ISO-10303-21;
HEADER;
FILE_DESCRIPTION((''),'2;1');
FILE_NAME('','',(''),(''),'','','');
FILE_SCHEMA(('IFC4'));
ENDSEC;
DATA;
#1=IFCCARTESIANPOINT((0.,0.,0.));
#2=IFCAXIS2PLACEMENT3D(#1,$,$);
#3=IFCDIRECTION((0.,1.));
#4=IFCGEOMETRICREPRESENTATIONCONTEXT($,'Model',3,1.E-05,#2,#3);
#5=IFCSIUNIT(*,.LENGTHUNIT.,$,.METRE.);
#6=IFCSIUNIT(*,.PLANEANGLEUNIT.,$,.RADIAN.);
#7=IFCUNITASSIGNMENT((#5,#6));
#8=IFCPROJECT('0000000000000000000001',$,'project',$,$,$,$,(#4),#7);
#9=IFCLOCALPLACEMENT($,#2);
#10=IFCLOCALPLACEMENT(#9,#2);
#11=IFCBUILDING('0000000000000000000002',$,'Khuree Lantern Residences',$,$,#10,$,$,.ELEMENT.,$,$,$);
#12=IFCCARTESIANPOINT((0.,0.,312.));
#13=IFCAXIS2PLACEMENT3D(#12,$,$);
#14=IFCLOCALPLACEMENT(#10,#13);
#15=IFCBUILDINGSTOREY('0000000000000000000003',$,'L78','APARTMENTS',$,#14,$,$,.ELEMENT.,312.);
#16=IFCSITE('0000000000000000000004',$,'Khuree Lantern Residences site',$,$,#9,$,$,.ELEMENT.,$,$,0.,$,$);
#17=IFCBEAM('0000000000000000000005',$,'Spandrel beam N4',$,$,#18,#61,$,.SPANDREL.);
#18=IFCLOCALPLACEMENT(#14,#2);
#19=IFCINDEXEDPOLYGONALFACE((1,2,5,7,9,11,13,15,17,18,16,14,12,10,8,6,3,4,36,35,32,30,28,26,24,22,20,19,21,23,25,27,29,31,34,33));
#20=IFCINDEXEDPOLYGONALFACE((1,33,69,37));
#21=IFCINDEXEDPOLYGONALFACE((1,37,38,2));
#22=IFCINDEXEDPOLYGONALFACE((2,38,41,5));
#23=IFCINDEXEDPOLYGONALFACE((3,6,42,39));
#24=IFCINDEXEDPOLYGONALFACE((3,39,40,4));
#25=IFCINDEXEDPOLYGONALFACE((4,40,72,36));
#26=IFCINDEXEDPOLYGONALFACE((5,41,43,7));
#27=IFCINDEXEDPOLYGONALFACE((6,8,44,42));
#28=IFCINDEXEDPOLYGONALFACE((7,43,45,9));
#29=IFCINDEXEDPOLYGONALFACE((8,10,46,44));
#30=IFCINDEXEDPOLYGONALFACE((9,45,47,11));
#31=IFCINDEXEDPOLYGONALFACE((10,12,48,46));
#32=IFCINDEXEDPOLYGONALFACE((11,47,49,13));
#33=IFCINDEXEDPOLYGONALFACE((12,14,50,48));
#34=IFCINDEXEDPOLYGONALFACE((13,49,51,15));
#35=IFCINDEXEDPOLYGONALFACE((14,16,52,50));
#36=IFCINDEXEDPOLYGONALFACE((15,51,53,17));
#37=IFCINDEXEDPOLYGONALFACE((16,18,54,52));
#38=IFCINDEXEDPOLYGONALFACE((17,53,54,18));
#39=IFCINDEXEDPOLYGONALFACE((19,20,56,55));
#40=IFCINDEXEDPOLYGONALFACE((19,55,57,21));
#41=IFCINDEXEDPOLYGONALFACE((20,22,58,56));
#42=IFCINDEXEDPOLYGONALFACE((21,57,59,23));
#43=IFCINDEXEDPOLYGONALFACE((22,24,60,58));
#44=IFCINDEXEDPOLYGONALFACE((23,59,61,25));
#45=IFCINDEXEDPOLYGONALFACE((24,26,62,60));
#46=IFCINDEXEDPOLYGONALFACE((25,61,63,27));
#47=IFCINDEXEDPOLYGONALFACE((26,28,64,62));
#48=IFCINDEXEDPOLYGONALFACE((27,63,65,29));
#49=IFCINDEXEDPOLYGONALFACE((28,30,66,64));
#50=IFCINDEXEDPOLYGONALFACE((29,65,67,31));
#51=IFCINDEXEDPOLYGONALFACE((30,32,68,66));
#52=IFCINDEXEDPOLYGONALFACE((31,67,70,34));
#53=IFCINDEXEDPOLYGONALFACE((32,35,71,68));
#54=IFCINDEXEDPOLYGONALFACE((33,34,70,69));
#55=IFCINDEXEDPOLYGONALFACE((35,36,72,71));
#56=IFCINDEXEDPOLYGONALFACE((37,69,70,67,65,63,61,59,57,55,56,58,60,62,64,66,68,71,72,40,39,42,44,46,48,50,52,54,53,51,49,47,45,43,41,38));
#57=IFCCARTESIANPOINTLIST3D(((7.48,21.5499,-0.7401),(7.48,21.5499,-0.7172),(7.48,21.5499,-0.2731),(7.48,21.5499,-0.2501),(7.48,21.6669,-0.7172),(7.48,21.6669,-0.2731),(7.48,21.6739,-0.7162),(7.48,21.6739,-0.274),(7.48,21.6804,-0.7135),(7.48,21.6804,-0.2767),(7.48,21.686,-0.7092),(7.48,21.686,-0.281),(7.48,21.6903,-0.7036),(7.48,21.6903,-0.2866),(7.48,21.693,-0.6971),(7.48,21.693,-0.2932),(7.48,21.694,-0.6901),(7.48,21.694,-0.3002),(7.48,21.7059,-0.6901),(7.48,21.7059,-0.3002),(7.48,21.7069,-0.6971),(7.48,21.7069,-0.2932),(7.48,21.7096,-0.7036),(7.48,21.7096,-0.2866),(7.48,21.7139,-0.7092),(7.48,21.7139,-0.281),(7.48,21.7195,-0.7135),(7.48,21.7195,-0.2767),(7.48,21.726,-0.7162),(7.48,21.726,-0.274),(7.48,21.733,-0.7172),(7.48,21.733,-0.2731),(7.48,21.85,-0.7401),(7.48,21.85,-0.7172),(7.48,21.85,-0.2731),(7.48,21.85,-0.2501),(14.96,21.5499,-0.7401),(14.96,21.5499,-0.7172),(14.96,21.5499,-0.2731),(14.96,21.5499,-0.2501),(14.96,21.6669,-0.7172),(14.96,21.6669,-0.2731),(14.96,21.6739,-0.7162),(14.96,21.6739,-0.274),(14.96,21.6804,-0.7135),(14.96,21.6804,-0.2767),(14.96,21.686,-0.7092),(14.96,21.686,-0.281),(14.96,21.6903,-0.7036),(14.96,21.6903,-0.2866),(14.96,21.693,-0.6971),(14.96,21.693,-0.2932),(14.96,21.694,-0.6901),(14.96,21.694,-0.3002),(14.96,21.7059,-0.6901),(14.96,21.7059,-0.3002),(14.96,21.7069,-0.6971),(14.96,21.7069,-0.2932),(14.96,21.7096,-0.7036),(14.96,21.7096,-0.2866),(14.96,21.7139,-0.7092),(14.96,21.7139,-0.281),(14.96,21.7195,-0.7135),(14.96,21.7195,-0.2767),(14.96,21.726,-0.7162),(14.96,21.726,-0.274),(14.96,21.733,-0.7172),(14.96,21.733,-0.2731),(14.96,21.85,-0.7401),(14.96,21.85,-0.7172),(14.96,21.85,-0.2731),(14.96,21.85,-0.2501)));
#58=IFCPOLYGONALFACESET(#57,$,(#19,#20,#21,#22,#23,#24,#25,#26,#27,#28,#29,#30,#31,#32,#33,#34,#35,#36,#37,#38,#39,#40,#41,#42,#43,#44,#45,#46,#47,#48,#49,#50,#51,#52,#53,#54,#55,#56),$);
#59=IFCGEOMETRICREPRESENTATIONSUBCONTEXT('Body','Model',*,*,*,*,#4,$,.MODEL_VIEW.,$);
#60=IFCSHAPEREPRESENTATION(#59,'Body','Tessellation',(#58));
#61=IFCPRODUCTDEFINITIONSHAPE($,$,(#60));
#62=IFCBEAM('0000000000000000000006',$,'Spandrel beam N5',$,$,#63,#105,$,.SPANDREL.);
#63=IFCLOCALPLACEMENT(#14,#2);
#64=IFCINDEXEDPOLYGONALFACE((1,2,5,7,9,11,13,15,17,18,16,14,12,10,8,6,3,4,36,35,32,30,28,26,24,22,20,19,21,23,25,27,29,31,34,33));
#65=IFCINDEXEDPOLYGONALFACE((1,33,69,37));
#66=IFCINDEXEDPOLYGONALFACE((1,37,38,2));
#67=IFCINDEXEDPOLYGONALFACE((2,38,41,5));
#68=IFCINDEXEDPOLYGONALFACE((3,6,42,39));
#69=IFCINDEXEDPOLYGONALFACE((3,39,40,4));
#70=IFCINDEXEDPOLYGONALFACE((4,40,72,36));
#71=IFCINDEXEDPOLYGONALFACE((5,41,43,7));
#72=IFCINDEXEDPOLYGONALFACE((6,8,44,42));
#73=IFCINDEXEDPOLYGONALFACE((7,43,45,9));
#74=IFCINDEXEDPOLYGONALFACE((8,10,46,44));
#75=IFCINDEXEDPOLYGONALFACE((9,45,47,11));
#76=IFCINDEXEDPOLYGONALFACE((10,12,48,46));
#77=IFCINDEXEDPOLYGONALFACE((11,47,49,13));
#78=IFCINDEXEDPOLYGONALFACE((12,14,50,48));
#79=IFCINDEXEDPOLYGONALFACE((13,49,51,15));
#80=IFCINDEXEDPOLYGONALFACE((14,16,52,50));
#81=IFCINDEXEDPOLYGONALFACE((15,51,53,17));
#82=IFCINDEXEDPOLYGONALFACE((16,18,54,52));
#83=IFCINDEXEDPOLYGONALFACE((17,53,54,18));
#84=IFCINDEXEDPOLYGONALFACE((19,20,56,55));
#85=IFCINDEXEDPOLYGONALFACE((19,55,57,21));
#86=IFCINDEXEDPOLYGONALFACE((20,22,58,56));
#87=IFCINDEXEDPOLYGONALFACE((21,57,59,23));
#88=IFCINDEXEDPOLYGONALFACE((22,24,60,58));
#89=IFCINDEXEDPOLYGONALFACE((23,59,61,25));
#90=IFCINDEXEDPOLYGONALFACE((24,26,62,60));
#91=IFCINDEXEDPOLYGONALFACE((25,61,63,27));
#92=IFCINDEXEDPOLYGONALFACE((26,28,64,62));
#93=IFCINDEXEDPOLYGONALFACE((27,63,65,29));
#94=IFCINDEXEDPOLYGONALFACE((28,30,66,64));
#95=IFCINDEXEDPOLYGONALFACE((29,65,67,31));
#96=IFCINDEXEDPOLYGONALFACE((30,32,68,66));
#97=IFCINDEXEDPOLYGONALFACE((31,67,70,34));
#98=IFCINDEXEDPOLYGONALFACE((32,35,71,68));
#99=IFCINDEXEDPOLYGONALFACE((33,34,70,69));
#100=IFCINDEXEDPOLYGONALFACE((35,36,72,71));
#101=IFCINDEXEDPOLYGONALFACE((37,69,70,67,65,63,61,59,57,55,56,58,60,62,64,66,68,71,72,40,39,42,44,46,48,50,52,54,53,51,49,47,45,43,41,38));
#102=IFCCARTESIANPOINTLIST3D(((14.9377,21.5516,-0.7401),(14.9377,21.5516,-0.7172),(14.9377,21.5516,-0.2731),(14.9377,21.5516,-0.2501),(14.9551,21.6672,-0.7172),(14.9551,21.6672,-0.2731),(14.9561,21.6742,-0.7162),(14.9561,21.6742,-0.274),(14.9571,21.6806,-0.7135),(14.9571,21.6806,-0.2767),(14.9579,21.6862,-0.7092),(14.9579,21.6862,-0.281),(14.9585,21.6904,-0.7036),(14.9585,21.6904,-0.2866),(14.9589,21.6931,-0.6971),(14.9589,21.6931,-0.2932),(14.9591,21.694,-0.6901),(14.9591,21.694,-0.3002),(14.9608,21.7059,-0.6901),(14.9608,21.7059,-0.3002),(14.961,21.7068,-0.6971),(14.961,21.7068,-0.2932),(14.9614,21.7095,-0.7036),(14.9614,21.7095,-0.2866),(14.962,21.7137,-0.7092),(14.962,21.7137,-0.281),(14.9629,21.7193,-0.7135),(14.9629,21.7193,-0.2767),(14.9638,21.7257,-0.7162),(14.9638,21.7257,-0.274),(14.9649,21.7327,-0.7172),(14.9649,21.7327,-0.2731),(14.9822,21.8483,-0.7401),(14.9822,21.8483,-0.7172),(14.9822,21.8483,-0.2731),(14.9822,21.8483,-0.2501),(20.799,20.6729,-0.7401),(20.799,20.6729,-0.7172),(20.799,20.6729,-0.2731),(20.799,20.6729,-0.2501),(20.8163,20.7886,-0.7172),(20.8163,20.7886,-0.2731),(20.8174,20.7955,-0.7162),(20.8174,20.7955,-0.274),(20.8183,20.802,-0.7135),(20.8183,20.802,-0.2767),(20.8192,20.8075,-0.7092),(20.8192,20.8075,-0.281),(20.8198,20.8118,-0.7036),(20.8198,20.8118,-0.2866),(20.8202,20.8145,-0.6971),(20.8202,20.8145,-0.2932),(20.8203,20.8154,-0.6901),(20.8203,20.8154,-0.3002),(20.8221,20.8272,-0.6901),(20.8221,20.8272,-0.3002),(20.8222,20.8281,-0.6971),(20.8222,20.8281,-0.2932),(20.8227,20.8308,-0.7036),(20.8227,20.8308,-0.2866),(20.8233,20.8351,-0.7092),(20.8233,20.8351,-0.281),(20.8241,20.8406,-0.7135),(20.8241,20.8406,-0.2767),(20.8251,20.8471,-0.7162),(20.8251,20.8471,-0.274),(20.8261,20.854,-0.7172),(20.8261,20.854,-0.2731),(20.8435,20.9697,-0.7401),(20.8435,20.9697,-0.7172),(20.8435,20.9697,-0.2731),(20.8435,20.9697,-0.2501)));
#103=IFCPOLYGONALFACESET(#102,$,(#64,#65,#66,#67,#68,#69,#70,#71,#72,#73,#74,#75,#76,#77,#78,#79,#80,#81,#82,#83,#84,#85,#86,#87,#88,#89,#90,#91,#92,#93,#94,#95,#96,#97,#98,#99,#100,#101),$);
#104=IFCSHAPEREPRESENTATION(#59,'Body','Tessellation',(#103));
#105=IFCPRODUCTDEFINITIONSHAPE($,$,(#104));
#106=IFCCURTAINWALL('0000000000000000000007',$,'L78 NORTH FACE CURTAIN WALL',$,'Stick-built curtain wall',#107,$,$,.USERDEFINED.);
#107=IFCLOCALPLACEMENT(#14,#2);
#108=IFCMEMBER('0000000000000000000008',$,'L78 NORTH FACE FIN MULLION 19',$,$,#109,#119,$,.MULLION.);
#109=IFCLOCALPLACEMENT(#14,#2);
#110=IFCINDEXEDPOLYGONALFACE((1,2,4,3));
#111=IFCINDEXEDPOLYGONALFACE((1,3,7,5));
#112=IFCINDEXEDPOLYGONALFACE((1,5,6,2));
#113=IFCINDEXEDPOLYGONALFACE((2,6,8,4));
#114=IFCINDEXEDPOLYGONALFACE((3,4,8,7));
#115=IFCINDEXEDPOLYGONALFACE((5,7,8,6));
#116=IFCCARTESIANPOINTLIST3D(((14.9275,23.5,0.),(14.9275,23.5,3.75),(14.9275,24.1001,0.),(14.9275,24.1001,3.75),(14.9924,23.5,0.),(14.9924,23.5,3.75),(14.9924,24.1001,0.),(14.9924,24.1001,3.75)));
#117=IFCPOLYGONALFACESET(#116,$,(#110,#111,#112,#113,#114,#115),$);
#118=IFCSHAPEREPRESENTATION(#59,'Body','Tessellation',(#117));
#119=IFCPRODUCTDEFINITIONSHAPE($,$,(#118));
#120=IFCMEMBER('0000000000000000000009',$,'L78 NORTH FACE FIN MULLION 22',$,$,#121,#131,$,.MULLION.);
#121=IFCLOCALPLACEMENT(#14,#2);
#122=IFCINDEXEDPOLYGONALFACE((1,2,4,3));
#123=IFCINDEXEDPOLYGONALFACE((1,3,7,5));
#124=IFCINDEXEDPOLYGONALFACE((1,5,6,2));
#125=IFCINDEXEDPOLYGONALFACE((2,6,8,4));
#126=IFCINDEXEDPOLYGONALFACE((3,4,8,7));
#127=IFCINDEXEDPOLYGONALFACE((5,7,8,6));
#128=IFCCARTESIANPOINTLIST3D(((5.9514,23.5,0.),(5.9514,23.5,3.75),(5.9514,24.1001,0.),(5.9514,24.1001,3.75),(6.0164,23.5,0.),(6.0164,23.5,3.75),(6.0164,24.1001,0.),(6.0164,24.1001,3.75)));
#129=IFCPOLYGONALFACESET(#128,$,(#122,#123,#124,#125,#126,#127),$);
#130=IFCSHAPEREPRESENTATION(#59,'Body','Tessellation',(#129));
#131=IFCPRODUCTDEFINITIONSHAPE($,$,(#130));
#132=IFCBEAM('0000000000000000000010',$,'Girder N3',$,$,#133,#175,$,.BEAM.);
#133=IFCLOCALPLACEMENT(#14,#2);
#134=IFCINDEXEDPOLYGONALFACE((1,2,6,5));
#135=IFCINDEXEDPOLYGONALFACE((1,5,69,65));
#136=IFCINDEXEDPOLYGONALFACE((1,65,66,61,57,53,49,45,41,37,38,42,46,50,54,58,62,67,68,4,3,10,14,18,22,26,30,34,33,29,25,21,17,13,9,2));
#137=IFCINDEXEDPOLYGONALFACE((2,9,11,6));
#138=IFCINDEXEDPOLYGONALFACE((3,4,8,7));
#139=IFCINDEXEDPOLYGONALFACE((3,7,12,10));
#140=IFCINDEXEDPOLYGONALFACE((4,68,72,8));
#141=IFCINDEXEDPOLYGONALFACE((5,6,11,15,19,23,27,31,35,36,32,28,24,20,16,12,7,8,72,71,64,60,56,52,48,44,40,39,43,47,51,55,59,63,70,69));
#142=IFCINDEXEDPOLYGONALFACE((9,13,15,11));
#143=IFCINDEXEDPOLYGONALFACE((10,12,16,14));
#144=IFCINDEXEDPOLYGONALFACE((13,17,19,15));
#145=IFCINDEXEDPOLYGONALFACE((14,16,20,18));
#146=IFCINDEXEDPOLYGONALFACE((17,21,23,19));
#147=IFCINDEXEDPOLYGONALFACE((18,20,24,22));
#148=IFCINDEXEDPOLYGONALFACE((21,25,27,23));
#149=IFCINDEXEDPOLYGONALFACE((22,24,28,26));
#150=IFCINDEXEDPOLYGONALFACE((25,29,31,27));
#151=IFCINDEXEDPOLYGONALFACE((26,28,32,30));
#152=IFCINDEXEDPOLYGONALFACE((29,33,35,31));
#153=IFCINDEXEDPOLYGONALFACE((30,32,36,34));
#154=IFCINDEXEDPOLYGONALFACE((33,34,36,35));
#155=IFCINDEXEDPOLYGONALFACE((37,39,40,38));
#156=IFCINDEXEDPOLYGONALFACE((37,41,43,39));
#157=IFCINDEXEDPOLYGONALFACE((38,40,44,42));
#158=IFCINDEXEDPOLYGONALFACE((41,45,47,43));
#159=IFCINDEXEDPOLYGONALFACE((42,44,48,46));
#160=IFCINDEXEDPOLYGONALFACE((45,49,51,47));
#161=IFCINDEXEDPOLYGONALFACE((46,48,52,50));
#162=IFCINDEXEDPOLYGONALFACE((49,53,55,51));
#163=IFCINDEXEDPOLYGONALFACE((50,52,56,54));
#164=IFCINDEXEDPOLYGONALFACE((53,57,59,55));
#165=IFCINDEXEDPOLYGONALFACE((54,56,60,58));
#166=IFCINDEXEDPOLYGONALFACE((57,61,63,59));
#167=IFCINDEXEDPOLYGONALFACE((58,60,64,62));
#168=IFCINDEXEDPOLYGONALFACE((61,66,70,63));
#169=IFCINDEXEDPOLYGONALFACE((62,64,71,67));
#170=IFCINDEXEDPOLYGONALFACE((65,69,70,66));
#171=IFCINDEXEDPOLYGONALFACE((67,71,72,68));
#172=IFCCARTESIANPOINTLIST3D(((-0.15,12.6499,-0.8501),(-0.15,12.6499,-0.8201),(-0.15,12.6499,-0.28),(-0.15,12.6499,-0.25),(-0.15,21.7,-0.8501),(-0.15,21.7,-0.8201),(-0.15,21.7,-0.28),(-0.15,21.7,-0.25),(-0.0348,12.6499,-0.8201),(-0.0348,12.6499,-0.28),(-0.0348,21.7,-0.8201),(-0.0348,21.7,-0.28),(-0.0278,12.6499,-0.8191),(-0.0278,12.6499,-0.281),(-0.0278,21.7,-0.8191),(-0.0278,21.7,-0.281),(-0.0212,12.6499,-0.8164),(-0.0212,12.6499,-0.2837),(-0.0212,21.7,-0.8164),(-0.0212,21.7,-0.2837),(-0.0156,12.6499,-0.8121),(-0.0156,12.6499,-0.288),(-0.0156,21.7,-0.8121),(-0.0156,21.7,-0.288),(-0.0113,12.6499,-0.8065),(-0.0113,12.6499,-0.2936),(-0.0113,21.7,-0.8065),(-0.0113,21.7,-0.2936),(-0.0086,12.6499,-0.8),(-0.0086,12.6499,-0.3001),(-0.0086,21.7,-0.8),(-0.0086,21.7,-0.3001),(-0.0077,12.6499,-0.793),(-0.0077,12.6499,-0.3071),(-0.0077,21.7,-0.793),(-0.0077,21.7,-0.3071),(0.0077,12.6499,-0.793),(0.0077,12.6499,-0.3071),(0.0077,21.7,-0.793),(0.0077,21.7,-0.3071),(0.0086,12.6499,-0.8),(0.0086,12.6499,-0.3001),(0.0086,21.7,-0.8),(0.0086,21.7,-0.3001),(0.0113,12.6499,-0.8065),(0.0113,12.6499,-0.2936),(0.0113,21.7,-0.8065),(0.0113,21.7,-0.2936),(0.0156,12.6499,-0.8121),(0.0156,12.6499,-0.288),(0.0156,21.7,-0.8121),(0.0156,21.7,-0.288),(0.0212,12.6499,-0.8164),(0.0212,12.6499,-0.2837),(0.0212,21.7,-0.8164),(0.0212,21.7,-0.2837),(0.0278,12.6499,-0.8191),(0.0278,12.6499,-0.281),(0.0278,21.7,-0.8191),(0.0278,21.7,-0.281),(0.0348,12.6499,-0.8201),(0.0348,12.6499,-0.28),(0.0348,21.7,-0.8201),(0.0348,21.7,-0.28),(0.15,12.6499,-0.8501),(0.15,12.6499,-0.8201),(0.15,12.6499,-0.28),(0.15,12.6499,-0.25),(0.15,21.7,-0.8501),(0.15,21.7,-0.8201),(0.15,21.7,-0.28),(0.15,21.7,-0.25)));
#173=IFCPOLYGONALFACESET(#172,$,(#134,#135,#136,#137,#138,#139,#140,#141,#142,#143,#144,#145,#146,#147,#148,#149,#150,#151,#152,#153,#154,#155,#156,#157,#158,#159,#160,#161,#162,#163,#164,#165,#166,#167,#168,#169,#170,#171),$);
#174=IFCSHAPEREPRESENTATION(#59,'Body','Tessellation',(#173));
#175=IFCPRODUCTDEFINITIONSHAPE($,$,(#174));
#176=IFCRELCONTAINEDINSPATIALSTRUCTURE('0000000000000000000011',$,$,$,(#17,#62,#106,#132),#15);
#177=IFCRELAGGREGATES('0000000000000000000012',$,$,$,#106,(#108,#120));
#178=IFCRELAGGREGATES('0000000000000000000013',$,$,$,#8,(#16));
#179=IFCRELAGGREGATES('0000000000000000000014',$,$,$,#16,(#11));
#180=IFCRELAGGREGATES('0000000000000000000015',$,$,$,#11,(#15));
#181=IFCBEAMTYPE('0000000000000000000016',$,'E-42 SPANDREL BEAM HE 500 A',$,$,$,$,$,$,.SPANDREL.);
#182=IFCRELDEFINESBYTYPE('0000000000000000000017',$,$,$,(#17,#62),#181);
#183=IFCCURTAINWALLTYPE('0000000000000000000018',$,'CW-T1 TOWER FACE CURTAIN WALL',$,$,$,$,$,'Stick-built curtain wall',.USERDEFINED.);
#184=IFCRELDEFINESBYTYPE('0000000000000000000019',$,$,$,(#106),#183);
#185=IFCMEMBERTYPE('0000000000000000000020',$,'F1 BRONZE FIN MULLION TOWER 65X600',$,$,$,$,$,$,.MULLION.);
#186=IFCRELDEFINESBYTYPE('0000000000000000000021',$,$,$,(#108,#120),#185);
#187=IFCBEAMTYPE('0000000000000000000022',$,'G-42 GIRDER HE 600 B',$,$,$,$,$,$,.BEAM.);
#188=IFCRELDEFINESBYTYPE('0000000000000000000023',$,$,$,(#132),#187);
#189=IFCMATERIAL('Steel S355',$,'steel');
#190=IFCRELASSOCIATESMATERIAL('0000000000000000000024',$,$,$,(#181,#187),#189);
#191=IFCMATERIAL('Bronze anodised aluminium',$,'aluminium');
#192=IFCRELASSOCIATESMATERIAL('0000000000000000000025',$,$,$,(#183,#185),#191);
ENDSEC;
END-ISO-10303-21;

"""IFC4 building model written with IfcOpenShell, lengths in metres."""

from ifc_helpers import new_model, si_unit, direction, frame, origin, origin_2d, place, context, subcontext, project, spatial, rectangle, i_section, extrude, material, material_profile, profile_set, type_object, element, aggregate, save


model = new_model("IFC4")

# Units and contexts
model_context = context("Model", 3, precision=1e-05, world=origin(), true_north=direction((0.0, 1.0)))
body_context = subcontext(model_context, "Body", "Model", "MODEL_VIEW")
ifc_project = project(units=[si_unit("LENGTHUNIT", "METRE"), si_unit("PLANEANGLEUNIT", "RADIAN")], contexts=[model_context])

# Site, building, storey
site_placement = place(None, origin())
site = spatial("IfcSite", under=ifc_project, at=site_placement, Name="Khuree Lantern Residences site", CompositionType="ELEMENT", RefElevation=0.0)
building_placement = place(site_placement, origin())
building = spatial("IfcBuilding", under=site, at=building_placement, Name="Khuree Lantern Residences", CompositionType="ELEMENT")
storey_placement = place(building_placement, frame((0.0, 0.0, 312.0)))
storey = spatial("IfcBuildingStorey", under=building, at=storey_placement, Name="L78", Description="APARTMENTS", CompositionType="ELEMENT", Elevation=312.0)

# Beams
ifc_material_1 = material(Name="Steel S355", Category="steel")
ifc_material_profile_1 = material_profile(ifc_material_1, i_section(OverallWidth=0.3, OverallDepth=0.49, WebThickness=0.012, FlangeThickness=0.0229, FilletRadius=0.0271, at=origin_2d()), Name="HE 500 A")
ifc_profile_set_1 = profile_set([ifc_material_profile_1], Name="Steel S355")
beam_type_1 = type_object("IfcBeamType", Name="E-42 SPANDREL BEAM HE 500 A", PredefinedType="SPANDREL", material=ifc_profile_set_1)
for number, where, z_axis, x_axis, name in (
    (1, (7.48, 21.7, -0.4951), (1.0, 0.0, 0.0), (0.0, 1.0, 0.0), "Spandrel beam N4"),
):
    element("IfcBeam", number, at=place(storey_placement, frame(where, z_axis=z_axis, x_axis=x_axis)), inside=storey, type_object=beam_type_1, Name=name, PredefinedType="SPANDREL", context=body_context, shape_type="SweptSolid", body=[
        extrude(i_section(OverallWidth=0.3, OverallDepth=0.49, WebThickness=0.012, FlangeThickness=0.0229, FilletRadius=0.0271, at=origin_2d()), origin(), (0.0, 0.0, 1.0), 7.48),
    ])
beam_placement = place(storey_placement, frame((14.96, 21.7, -0.4951), z_axis=(0.98895, -0.148252, 0.0), x_axis=(0.148252, 0.98895, 0.0)))
element("IfcBeam", 2, at=beam_placement, inside=storey, type_object=beam_type_1, Name="Spandrel beam N5", PredefinedType="SPANDREL", context=body_context, shape_type="SweptSolid", body=[
    extrude(i_section(OverallWidth=0.3, OverallDepth=0.49, WebThickness=0.012, FlangeThickness=0.0229, FilletRadius=0.0271, at=origin_2d()), origin(), (0.0, 0.0, 1.0), 5.9268),
])

# Curtain wall, members
ifc_material_2 = material(Name="Bronze anodised aluminium", Category="aluminium")
curtain_wall_type = type_object("IfcCurtainWallType", Name="CW-T1 TOWER FACE CURTAIN WALL", ElementType="Stick-built curtain wall", PredefinedType="USERDEFINED", material=ifc_material_2)
curtain_wall_placement = place(storey_placement, origin())
curtain_wall = element("IfcCurtainWall", 3, at=curtain_wall_placement, inside=storey, type_object=curtain_wall_type, Name="L78 NORTH FACE CURTAIN WALL", ObjectType="Stick-built curtain wall", PredefinedType="USERDEFINED")
ifc_material_profile_2 = material_profile(ifc_material_2, rectangle(XDim=0.0649, YDim=0.6001, at=origin_2d()), Name="F1 65X600")
ifc_profile_set_2 = profile_set([ifc_material_profile_2], Name="Bronze anodised aluminium")
member_type_1 = type_object("IfcMemberType", Name="F1 BRONZE FIN MULLION TOWER 65X600", PredefinedType="MULLION", material=ifc_profile_set_2)
member_1_placement = place(storey_placement, frame((14.96, 23.8, 0.0), z_axis=(0.0, 0.0, 1.0), x_axis=(-1.0, 0.0, 0.0)))
member_1 = element("IfcMember", 4, at=member_1_placement, type_object=member_type_1, Name="L78 NORTH FACE FIN MULLION 19", PredefinedType="MULLION", context=body_context, shape_type="SweptSolid", body=[
    extrude(rectangle(XDim=0.0649, YDim=0.6001, at=origin_2d()), origin(), (0.0, 0.0, 1.0), 3.75),
])
member_2_placement = place(storey_placement, frame((5.9839, 23.8, 0.0), z_axis=(0.0, 0.0, 1.0), x_axis=(-1.0, 0.0, 0.0)))
member_2 = element("IfcMember", 5, at=member_2_placement, type_object=member_type_1, Name="L78 NORTH FACE FIN MULLION 22", PredefinedType="MULLION", context=body_context, shape_type="SweptSolid", body=[
    extrude(rectangle(XDim=0.0649, YDim=0.6001, at=origin_2d()), origin(), (0.0, 0.0, 1.0), 3.75),
])

# Beam
ifc_material_profile_3 = material_profile(ifc_material_1, i_section(OverallWidth=0.3, OverallDepth=0.6001, WebThickness=0.0154, FlangeThickness=0.03, FilletRadius=0.0271, at=origin_2d()), Name="HE 600 B")
ifc_profile_set_3 = profile_set([ifc_material_profile_3], Name="Steel S355")
beam_type_2 = type_object("IfcBeamType", Name="G-42 GIRDER HE 600 B", PredefinedType="BEAM", material=ifc_profile_set_3)
for number, where, z_axis, x_axis, name in (
    (6, (0.0, 21.7, -0.55), (0.0, -1.0, 0.0), (1.0, 0.0, 0.0), "Girder N3"),
):
    element("IfcBeam", number, at=place(storey_placement, frame(where, z_axis=z_axis, x_axis=x_axis)), inside=storey, type_object=beam_type_2, Name=name, PredefinedType="BEAM", context=body_context, shape_type="SweptSolid", body=[
        extrude(i_section(OverallWidth=0.3, OverallDepth=0.6001, WebThickness=0.0154, FlangeThickness=0.03, FilletRadius=0.0271, at=origin_2d()), origin(), (0.0, 0.0, 1.0), 9.05),
    ])

aggregate(curtain_wall, [member_1, member_2])

save(model, "model.ifc")
